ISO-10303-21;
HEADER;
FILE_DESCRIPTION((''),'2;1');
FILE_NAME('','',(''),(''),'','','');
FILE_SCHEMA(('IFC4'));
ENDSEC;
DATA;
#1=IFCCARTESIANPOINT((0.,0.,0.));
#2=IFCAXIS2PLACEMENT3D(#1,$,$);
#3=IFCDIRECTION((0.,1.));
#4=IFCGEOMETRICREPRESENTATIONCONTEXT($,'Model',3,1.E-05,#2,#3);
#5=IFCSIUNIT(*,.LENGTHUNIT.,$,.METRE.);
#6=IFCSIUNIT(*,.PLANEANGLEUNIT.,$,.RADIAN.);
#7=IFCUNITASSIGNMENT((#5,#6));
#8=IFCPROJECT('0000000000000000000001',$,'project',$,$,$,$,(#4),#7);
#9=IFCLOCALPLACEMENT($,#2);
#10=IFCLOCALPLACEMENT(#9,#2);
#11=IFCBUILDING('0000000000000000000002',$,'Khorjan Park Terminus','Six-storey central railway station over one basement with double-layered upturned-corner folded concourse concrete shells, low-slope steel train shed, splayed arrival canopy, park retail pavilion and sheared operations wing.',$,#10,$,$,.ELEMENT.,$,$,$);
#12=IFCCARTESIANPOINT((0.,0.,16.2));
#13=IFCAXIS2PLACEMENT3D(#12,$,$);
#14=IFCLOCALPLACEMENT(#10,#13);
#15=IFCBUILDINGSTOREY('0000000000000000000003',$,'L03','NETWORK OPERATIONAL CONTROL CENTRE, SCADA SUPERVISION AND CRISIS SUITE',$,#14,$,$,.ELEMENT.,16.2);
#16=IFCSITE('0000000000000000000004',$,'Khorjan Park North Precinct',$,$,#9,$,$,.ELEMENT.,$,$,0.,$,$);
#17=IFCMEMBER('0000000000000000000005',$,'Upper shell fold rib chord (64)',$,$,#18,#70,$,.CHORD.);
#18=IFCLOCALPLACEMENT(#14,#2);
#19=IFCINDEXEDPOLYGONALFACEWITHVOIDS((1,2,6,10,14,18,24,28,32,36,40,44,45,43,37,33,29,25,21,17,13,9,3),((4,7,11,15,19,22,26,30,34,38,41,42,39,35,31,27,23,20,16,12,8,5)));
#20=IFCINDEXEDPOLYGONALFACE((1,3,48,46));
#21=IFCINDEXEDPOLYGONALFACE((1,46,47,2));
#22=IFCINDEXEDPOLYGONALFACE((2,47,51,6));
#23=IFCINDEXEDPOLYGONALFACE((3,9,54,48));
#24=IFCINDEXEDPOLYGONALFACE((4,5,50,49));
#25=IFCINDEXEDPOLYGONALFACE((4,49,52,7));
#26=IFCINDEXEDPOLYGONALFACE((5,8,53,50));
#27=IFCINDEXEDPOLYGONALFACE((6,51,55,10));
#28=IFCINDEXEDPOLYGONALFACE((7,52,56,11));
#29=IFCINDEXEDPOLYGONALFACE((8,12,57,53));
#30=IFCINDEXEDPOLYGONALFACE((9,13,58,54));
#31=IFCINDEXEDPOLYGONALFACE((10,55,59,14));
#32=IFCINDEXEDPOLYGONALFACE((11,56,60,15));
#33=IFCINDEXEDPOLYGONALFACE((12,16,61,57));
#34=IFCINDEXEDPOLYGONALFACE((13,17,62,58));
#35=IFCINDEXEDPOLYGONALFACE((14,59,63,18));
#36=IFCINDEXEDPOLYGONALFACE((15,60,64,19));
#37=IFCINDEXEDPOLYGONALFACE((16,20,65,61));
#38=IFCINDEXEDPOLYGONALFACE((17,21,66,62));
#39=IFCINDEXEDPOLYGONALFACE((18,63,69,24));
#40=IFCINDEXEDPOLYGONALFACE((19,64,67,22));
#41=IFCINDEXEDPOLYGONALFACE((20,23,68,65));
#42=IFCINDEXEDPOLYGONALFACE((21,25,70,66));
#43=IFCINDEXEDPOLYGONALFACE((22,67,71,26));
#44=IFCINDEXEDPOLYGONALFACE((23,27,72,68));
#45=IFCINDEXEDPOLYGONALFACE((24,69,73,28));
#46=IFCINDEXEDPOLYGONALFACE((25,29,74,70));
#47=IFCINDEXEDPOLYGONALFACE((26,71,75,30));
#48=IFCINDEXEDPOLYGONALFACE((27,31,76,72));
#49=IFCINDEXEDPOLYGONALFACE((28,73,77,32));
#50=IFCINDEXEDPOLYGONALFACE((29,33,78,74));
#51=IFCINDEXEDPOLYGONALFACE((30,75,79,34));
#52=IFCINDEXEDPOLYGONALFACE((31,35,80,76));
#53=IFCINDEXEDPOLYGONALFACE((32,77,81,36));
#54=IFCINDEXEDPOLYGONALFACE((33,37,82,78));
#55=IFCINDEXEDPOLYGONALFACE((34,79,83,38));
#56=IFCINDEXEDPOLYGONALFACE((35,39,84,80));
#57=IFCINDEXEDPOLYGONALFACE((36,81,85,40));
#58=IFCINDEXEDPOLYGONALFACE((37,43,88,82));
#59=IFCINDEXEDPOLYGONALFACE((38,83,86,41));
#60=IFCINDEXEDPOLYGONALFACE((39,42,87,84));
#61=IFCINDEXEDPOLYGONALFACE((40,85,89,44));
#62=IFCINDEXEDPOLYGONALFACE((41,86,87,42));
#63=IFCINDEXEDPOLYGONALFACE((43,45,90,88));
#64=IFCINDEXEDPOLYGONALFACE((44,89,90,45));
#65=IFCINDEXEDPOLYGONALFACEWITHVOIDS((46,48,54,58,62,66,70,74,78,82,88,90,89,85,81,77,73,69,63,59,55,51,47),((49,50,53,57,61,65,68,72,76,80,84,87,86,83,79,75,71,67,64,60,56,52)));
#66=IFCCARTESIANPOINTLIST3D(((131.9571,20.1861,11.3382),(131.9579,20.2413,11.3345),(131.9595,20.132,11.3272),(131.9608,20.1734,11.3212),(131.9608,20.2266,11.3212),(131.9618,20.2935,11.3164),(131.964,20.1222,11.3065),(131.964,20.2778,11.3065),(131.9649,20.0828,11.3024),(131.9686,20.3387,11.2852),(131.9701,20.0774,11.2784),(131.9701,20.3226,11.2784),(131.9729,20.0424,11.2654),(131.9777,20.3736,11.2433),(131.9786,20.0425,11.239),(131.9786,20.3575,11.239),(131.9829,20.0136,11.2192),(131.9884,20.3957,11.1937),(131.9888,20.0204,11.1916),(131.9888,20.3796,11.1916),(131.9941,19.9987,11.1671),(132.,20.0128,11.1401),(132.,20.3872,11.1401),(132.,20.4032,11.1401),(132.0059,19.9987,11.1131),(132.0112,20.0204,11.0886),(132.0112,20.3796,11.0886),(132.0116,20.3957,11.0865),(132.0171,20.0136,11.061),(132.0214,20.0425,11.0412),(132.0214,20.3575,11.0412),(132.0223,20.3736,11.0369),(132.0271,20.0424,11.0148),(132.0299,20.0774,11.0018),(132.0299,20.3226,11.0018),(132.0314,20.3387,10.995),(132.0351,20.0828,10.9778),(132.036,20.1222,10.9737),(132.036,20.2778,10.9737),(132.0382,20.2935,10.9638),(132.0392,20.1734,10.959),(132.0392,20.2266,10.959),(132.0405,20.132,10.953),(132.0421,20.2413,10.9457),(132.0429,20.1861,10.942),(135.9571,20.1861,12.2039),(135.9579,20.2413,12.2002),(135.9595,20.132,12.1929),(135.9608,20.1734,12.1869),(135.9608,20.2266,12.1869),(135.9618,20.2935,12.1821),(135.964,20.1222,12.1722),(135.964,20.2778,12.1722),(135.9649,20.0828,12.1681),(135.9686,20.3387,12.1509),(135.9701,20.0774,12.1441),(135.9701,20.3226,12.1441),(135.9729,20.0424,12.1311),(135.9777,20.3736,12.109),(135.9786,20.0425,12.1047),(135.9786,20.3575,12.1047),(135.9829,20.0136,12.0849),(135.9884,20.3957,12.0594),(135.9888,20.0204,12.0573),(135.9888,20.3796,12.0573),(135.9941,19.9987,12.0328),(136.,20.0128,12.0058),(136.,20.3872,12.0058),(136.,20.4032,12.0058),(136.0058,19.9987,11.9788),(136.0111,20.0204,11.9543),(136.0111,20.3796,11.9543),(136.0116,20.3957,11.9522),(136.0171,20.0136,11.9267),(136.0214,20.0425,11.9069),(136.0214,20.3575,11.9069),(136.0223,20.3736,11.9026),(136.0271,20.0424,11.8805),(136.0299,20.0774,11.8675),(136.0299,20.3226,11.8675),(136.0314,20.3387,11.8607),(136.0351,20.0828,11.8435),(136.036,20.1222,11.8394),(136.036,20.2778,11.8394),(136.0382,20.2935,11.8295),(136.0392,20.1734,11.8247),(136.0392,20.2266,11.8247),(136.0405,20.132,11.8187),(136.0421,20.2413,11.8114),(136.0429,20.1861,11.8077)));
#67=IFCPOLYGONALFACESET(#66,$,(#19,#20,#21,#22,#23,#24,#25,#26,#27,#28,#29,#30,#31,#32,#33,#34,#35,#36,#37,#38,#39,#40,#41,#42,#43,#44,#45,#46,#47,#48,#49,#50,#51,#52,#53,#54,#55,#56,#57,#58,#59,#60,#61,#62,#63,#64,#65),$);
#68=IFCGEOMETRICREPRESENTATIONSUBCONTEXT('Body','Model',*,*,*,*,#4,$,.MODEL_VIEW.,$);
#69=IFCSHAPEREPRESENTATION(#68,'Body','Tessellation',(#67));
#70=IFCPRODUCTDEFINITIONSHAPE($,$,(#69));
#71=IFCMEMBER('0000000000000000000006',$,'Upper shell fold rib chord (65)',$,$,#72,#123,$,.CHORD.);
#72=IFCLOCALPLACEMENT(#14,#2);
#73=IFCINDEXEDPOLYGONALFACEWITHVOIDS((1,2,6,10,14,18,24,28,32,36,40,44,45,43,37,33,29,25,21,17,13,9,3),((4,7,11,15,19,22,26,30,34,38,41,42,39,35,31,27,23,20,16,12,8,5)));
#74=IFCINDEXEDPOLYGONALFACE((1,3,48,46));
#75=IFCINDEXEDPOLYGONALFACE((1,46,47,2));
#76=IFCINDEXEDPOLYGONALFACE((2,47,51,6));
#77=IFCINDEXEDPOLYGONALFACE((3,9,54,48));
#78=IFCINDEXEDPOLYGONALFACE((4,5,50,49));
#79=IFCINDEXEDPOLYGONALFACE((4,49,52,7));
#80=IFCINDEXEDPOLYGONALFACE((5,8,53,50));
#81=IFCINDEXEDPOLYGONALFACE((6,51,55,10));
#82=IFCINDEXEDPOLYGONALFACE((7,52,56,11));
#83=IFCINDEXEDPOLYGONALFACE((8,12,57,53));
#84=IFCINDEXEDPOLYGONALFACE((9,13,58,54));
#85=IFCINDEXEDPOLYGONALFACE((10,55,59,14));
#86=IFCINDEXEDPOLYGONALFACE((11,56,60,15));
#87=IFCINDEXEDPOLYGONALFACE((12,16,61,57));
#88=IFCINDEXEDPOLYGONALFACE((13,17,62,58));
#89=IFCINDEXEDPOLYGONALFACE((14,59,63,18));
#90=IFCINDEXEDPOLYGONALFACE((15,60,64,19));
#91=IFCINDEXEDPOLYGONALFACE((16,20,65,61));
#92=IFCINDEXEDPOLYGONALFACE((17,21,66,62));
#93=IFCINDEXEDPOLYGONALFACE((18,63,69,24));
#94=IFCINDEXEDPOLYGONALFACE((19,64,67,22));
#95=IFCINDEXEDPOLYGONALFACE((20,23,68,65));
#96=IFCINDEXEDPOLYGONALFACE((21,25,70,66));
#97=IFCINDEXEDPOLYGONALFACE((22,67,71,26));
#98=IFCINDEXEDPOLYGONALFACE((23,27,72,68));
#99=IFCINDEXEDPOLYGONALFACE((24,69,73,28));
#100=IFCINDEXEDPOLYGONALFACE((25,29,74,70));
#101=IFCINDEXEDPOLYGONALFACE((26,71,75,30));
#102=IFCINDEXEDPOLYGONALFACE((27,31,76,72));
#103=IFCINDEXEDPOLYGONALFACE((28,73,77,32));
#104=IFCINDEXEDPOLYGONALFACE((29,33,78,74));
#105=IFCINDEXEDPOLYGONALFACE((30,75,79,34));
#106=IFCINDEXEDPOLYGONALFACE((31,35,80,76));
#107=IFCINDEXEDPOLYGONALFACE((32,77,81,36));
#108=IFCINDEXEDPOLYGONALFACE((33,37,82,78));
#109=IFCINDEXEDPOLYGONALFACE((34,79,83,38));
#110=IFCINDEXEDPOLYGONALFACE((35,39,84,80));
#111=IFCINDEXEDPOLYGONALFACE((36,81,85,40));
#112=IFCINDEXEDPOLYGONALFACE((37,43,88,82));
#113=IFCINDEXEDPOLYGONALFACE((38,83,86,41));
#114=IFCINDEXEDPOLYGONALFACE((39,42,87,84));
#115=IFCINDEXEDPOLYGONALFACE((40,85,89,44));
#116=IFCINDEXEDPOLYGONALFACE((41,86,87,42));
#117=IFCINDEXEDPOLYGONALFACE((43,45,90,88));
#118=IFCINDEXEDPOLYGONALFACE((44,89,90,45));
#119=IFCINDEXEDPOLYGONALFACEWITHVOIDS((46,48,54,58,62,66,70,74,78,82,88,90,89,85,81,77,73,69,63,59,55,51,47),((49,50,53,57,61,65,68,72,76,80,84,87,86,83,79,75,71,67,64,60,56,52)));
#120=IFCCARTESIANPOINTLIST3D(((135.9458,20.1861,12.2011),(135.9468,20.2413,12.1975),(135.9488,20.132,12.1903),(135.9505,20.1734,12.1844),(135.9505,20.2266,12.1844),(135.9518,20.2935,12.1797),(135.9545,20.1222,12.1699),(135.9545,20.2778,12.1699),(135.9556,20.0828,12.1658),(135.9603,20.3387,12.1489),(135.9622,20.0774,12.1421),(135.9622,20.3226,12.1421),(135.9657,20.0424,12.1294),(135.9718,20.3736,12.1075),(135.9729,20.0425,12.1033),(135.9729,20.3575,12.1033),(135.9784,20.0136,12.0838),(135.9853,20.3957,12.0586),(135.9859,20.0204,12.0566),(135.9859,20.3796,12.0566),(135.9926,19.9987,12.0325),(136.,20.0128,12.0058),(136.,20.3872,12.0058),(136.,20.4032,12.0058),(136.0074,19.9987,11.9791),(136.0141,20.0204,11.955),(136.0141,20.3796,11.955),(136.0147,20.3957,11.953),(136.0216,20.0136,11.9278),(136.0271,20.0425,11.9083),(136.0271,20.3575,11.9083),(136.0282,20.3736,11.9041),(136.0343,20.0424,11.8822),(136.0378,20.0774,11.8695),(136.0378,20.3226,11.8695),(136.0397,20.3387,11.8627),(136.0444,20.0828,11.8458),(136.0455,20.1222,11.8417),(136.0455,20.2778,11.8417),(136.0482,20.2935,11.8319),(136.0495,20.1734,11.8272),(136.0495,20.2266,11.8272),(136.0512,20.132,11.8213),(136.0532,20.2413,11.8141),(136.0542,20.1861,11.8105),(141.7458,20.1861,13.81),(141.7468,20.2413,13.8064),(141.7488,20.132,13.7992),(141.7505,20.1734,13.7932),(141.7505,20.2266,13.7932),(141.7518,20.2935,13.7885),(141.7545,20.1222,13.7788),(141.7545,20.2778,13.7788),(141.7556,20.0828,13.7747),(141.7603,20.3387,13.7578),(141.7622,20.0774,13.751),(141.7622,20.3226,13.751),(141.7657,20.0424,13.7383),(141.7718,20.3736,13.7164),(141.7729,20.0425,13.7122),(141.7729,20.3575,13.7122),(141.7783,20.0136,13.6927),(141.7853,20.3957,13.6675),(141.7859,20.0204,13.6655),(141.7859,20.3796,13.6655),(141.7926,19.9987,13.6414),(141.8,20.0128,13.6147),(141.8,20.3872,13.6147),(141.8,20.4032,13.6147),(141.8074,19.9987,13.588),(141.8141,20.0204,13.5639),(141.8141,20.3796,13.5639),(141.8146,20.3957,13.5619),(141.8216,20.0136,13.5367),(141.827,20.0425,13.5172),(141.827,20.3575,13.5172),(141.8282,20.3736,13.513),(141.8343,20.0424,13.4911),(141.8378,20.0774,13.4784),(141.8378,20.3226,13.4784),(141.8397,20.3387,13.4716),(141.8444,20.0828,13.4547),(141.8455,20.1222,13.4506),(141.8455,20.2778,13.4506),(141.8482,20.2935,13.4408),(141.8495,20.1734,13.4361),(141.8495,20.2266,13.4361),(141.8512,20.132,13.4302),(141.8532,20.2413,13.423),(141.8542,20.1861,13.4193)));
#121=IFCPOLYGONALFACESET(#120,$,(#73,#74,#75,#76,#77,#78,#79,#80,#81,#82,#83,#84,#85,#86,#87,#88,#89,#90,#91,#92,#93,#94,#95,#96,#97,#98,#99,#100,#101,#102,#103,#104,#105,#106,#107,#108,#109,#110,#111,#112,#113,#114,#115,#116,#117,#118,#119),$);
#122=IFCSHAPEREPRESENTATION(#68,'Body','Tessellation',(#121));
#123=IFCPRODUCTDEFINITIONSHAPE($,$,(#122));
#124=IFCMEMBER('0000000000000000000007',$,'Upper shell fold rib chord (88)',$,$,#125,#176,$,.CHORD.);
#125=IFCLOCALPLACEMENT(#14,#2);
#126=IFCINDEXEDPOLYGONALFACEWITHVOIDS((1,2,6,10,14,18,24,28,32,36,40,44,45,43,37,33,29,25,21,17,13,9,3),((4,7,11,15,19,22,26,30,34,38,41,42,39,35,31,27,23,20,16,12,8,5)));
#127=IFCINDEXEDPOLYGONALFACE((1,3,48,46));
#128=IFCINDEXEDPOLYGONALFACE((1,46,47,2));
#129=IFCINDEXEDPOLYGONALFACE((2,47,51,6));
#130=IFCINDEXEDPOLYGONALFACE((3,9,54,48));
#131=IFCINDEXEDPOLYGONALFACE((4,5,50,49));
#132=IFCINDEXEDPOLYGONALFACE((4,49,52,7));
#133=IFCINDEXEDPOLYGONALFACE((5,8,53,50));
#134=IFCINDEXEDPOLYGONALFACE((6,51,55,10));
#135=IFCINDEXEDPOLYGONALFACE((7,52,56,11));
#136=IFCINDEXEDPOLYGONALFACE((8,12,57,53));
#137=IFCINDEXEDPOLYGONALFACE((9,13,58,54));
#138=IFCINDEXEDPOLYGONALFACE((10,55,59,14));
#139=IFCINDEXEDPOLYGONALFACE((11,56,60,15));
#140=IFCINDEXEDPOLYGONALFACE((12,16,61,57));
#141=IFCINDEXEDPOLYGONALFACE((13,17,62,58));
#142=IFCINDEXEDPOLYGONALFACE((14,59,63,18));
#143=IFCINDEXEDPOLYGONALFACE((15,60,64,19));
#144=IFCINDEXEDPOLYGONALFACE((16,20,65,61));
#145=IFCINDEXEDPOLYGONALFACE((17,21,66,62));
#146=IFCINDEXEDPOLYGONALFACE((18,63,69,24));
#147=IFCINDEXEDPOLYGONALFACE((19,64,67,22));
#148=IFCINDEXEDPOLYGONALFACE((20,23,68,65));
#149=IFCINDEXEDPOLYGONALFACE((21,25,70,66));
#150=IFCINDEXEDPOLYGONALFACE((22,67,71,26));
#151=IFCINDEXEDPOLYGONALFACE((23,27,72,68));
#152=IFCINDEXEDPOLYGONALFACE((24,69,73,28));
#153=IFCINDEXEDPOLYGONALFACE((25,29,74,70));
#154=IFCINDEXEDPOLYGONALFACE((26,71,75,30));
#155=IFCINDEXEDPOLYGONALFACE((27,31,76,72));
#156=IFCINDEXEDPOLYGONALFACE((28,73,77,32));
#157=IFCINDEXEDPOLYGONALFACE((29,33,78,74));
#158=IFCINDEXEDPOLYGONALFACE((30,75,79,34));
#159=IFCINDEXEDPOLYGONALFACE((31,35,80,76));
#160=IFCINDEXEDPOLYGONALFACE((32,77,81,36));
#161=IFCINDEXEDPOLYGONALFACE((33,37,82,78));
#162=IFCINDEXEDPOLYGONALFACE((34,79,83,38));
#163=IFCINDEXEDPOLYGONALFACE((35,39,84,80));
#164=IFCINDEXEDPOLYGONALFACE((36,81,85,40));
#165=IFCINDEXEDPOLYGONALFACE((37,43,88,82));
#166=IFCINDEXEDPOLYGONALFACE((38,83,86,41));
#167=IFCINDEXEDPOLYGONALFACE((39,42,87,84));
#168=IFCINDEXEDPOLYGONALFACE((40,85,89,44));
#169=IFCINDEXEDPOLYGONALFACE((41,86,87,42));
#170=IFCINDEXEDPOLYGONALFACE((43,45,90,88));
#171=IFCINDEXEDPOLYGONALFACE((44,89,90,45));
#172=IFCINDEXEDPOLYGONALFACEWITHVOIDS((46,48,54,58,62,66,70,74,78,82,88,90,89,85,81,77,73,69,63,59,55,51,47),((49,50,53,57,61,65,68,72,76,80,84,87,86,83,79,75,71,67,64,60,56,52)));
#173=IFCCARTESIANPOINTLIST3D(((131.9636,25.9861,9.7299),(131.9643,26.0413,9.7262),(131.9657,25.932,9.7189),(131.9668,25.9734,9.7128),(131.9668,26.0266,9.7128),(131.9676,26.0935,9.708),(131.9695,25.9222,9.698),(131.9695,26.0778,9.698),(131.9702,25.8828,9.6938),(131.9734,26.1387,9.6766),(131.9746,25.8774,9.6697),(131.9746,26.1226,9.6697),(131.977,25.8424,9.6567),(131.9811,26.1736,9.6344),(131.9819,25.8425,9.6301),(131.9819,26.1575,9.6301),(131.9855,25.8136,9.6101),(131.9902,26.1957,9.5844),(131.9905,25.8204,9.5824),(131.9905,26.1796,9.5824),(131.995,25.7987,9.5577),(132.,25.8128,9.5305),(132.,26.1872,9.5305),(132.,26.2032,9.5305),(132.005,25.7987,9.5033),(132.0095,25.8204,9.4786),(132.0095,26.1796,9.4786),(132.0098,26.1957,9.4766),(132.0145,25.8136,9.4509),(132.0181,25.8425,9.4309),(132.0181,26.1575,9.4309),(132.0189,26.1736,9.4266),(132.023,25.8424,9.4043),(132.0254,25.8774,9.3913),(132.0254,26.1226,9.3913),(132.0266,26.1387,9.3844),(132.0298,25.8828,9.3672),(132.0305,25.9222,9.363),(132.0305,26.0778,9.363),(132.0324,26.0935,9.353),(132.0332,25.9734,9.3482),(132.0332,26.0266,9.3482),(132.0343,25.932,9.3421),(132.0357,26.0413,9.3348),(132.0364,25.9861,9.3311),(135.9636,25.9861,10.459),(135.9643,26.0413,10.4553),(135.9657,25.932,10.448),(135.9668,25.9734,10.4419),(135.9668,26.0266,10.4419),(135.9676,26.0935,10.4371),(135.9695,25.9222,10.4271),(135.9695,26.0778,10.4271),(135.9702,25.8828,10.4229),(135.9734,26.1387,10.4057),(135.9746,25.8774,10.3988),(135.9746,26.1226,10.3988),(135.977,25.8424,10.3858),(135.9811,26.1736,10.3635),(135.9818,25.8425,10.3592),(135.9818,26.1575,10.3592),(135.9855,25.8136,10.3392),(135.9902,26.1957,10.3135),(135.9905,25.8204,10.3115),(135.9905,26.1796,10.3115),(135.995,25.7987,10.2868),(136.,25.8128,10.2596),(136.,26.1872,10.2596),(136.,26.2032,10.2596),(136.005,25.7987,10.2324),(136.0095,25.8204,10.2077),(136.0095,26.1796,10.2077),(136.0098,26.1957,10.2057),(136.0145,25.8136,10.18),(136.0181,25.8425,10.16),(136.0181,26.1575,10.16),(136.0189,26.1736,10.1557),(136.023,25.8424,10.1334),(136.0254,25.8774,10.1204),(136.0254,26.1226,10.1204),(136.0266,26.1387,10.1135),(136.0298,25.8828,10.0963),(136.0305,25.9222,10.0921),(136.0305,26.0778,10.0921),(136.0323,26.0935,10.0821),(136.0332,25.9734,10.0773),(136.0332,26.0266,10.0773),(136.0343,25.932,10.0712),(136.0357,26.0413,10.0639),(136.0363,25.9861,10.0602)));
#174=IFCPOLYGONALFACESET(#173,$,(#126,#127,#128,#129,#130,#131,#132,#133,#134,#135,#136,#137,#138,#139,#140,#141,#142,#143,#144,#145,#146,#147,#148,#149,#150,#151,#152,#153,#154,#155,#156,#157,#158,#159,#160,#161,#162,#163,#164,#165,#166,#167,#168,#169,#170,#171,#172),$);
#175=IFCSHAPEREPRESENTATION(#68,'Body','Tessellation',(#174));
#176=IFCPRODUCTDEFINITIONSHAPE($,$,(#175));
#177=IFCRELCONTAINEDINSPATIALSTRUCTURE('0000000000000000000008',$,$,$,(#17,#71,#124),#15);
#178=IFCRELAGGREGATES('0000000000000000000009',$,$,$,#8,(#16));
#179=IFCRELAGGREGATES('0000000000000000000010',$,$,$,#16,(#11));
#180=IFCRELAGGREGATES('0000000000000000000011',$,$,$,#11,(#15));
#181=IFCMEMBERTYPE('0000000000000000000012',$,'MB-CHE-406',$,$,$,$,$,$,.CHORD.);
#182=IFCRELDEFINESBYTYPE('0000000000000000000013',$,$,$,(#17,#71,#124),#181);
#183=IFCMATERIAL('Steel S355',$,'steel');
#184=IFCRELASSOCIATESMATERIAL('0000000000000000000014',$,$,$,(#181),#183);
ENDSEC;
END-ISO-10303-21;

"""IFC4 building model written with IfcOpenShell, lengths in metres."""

from ifc_helpers import new_model, si_unit, direction, frame, origin, origin_2d, place, context, subcontext, project, spatial, hollow_circle, extrude, material, material_profile, profile_set, type_object, element, save


model = new_model("IFC4")

# Units and contexts
model_context = context("Model", 3, precision=1e-05, world=origin(), true_north=direction((0.0, 1.0)))
body_context = subcontext(model_context, "Body", "Model", "MODEL_VIEW")
ifc_project = project(units=[si_unit("LENGTHUNIT", "METRE"), si_unit("PLANEANGLEUNIT", "RADIAN")], contexts=[model_context])

# Site, building, storey
site_placement = place(None, origin())
site = spatial("IfcSite", under=ifc_project, at=site_placement, Name="Khorjan Park North Precinct", CompositionType="ELEMENT", RefElevation=0.0)
building_placement = place(site_placement, origin())
building = spatial("IfcBuilding", under=site, at=building_placement, Name="Khorjan Park Terminus", Description="Six-storey central railway station over one basement with double-layered upturned-corner folded concourse concrete shells, low-slope steel train shed, splayed arrival canopy, park retail pavilion and sheared operations wing.", CompositionType="ELEMENT")
storey_placement = place(building_placement, frame((0.0, 0.0, 16.2)))
storey = spatial("IfcBuildingStorey", under=building, at=storey_placement, Name="L03", Description="NETWORK OPERATIONAL CONTROL CENTRE, SCADA SUPERVISION AND CRISIS SUITE", CompositionType="ELEMENT", Elevation=16.2)

# Members
ifc_material_1 = material(Name="Steel S355", Category="steel")
ifc_material_profile_1 = material_profile(ifc_material_1, hollow_circle(Radius=0.2032, WallThickness=0.016, at=origin_2d()), Name="CHS 406.4x16")
ifc_profile_set_1 = profile_set([ifc_material_profile_1], Name="Steel S355")
member_type_1 = type_object("IfcMemberType", Name="MB-CHE-406", PredefinedType="CHORD", material=ifc_profile_set_1)
member_1_placement = place(storey_placement, frame((132.0, 20.2, 11.1401), z_axis=(0.977372, 0.0, 0.211528), x_axis=(0.0, 1.0, 0.0)))
element("IfcMember", 1, at=member_1_placement, inside=storey, type_object=member_type_1, Name="Upper shell fold rib chord (64)", PredefinedType="CHORD", context=body_context, shape_type="SweptSolid", body=[
    extrude(hollow_circle(Radius=0.2032, WallThickness=0.016, at=origin_2d()), origin(), (0.0, 0.0, 1.0), 4.0926),
])
member_2_placement = place(storey_placement, frame((136.0, 20.2, 12.0058), z_axis=(0.963613, 0.0, 0.267303), x_axis=(0.0, 1.0, 0.0)))
element("IfcMember", 2, at=member_2_placement, inside=storey, type_object=member_type_1, Name="Upper shell fold rib chord (65)", PredefinedType="CHORD", context=body_context, shape_type="SweptSolid", body=[
    extrude(hollow_circle(Radius=0.2032, WallThickness=0.016, at=origin_2d()), origin(), (0.0, 0.0, 1.0), 6.019),
])
member_3_placement = place(storey_placement, frame((132.0, 26.0, 9.5305), z_axis=(0.983791, 0.0, 0.17932), x_axis=(0.0, 1.0, 0.0)))
element("IfcMember", 3, at=member_3_placement, inside=storey, type_object=member_type_1, Name="Upper shell fold rib chord (88)", PredefinedType="CHORD", context=body_context, shape_type="SweptSolid", body=[
    extrude(hollow_circle(Radius=0.2032, WallThickness=0.016, at=origin_2d()), origin(), (0.0, 0.0, 1.0), 4.0659),
])

save(model, "model.ifc")
